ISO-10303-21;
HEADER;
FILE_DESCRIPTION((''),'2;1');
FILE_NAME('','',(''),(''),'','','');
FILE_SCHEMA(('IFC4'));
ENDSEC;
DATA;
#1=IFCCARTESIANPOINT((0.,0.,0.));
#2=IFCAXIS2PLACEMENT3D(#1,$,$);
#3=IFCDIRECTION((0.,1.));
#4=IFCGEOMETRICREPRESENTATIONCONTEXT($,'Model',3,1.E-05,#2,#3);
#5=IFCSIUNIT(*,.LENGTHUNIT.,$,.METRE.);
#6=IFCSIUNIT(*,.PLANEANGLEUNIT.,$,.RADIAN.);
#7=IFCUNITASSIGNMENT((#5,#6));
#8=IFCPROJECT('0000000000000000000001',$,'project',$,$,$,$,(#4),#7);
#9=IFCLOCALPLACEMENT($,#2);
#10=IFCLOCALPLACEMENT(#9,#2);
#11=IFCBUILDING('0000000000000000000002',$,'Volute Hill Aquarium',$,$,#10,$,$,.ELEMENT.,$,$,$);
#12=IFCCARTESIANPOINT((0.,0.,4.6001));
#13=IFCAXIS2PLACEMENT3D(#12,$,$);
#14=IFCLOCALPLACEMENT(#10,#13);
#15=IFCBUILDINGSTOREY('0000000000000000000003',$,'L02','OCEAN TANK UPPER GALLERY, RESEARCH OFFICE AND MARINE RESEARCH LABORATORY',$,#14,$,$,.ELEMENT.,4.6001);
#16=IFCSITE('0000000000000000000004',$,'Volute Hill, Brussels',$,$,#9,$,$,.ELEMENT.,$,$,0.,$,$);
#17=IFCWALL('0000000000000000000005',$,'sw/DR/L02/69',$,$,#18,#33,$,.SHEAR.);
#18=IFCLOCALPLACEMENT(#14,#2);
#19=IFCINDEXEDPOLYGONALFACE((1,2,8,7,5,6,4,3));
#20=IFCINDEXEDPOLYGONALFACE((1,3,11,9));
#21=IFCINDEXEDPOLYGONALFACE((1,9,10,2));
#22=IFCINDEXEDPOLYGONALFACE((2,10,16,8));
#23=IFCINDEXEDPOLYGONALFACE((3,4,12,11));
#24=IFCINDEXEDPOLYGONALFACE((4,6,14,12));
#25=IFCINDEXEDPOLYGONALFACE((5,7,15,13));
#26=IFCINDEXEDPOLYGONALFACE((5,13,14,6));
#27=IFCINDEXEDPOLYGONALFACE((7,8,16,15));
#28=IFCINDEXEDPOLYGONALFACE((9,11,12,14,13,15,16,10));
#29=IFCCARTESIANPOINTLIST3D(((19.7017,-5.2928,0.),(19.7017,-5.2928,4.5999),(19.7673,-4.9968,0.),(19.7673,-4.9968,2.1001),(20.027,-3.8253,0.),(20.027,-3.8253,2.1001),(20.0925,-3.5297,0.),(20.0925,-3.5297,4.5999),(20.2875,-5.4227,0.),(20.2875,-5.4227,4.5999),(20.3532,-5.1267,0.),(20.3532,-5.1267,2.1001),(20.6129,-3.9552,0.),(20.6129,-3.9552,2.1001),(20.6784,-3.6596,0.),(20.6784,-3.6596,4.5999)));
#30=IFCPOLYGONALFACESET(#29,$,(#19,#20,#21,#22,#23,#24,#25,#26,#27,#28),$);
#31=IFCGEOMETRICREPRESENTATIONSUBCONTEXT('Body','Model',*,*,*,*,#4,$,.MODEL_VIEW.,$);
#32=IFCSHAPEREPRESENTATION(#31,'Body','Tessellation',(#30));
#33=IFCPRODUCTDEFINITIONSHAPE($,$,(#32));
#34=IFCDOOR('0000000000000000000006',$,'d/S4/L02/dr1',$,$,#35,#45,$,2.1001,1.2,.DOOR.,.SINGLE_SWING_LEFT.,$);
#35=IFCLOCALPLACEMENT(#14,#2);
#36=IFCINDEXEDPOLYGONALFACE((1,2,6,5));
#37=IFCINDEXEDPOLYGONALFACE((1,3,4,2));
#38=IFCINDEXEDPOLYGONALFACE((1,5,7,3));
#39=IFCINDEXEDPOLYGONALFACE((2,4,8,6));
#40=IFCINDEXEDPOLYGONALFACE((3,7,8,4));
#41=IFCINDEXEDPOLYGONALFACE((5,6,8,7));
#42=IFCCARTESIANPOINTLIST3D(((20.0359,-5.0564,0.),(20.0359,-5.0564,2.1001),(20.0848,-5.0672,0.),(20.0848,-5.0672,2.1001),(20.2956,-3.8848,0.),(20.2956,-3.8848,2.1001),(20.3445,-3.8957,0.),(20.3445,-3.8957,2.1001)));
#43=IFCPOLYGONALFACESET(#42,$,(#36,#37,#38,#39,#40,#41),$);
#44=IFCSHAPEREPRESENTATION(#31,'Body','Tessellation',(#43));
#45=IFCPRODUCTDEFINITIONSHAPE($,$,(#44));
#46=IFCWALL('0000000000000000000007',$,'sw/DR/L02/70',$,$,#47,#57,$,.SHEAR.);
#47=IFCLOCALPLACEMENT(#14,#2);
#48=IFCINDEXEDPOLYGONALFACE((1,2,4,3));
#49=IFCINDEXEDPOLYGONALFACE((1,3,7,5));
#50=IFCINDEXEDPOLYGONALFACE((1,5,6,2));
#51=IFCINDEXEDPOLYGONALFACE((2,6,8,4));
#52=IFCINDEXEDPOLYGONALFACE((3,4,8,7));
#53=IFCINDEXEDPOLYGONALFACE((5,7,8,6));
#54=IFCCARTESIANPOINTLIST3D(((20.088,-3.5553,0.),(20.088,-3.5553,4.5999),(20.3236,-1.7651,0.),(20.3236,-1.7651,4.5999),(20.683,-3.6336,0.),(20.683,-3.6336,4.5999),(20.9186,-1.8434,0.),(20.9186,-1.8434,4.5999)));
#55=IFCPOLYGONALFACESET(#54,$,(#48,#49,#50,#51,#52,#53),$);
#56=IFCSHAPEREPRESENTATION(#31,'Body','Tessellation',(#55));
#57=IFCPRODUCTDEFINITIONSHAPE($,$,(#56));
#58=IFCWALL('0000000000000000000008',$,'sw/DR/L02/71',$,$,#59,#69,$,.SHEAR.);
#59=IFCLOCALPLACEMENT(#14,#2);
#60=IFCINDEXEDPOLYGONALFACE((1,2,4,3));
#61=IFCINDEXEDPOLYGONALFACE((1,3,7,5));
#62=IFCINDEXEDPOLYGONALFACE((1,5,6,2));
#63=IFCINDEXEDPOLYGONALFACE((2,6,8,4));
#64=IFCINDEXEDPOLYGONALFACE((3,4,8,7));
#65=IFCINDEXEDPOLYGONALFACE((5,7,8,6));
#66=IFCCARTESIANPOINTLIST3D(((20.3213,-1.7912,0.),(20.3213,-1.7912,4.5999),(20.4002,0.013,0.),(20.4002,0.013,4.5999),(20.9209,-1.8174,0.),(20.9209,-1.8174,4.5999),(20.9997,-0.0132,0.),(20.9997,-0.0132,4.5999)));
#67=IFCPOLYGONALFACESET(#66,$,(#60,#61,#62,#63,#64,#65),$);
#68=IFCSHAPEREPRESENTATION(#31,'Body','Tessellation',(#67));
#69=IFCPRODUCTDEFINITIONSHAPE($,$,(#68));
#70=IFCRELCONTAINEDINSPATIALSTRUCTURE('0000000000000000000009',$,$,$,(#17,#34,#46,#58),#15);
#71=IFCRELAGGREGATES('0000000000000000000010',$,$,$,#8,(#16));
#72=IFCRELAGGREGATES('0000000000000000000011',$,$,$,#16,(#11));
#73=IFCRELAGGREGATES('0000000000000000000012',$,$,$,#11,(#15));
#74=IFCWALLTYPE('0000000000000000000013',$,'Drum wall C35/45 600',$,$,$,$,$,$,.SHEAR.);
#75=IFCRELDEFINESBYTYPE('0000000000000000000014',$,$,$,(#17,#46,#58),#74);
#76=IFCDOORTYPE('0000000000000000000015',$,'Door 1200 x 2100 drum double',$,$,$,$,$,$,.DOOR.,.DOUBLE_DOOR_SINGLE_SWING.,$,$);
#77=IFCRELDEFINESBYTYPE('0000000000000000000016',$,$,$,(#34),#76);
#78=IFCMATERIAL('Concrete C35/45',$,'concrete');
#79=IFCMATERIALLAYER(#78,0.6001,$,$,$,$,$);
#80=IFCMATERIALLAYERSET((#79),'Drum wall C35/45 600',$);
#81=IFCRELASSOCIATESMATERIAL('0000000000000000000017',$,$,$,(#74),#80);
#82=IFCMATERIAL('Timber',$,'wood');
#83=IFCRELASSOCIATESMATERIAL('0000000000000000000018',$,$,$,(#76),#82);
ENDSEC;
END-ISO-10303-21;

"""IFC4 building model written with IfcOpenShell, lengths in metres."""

from ifc_helpers import new_model, si_unit, direction, frame, frame_2d, origin, place, context, subcontext, project, spatial, rectangle, extrude, material, layer, layer_set, type_object, element, fill, save


model = new_model("IFC4")

# Units and contexts
model_context = context("Model", 3, precision=1e-05, world=origin(), true_north=direction((0.0, 1.0)))
body_context = subcontext(model_context, "Body", "Model", "MODEL_VIEW")
ifc_project = project(units=[si_unit("LENGTHUNIT", "METRE"), si_unit("PLANEANGLEUNIT", "RADIAN")], contexts=[model_context])

# Site, building, storey
site_placement = place(None, origin())
site = spatial("IfcSite", under=ifc_project, at=site_placement, Name="Volute Hill, Brussels", CompositionType="ELEMENT", RefElevation=0.0)
building_placement = place(site_placement, origin())
building = spatial("IfcBuilding", under=site, at=building_placement, Name="Volute Hill Aquarium", CompositionType="ELEMENT")
storey_placement = place(building_placement, frame((0.0, 0.0, 4.6001)))
storey = spatial("IfcBuildingStorey", under=building, at=storey_placement, Name="L02", Description="OCEAN TANK UPPER GALLERY, RESEARCH OFFICE AND MARINE RESEARCH LABORATORY", CompositionType="ELEMENT", Elevation=4.6001)

# Shared definitions
ifc_material_1 = material(Name="Concrete C35/45", Category="concrete")
ifc_layer_1 = layer(ifc_material_1, 0.6001)
ifc_layer_set_1 = layer_set([ifc_layer_1], Name="Drum wall C35/45 600")
wall_type_1 = type_object("IfcWallType", Name="Drum wall C35/45 600", PredefinedType="SHEAR", material=ifc_layer_set_1)

# Wall, opening, door
wall_1_placement = place(storey_placement, frame((19.9946, -5.3577, 0.0), z_axis=(0.0, 0.0, 1.0), x_axis=(0.216429, 0.976298, 0.0)))
wall_1 = element("IfcWall", 1, at=wall_1_placement, inside=storey, type_object=wall_type_1, Name="sw/DR/L02/69", PredefinedType="SHEAR", context=body_context, shape_type="SweptSolid", body=[
    extrude(rectangle(XDim=1.8059, YDim=0.6001, at=frame_2d((0.9028, 0.0))), origin(), (0.0, 0.0, 1.0), 4.5999),
])
opening_1_placement = place(wall_1_placement, frame((0.303, 0.0, 0.0)))
opening_1 = element("IfcOpeningElement", 2, at=opening_1_placement, cuts=wall_1, PredefinedType="OPENING", context=body_context, shape_type="SweptSolid", body=[
    extrude(rectangle(XDim=1.2, YDim=2.1001, at=frame_2d((0.6001, 1.05))), frame((0.0, 0.3101, 0.0), z_axis=(0.0, -1.0, 0.0), x_axis=(1.0, 0.0, 0.0)), (0.0, 0.0, 1.0), 0.6201),
])
ifc_material_2 = material(Name="Timber", Category="wood")
door_type_1 = type_object("IfcDoorType", Name="Door 1200 x 2100 drum double", OperationType="DOUBLE_DOOR_SINGLE_SWING", PredefinedType="DOOR", material=ifc_material_2)
door_1_placement = place(opening_1_placement, origin())
door_1 = element("IfcDoor", 3, at=door_1_placement, inside=storey, type_object=door_type_1, Name="d/S4/L02/dr1", OperationType="SINGLE_SWING_LEFT", OverallHeight=2.1001, OverallWidth=1.2, PredefinedType="DOOR", context=body_context, shape_type="SweptSolid", body=[
    extrude(rectangle(XDim=1.2, YDim=2.1001, at=frame_2d((0.6001, 1.05))), frame((0.0, 0.0249, 0.0), z_axis=(0.0, -1.0, 0.0), x_axis=(1.0, 0.0, 0.0)), (0.0, 0.0, 1.0), 0.05),
])
fill(opening_1, door_1)

# Walls
wall_2_placement = place(storey_placement, frame((20.3855, -3.5945, 0.0), z_axis=(0.0, 0.0, 1.0), x_axis=(0.130472, 0.991452, 0.0)))
element("IfcWall", 4, at=wall_2_placement, inside=storey, type_object=wall_type_1, Name="sw/DR/L02/70", PredefinedType="SHEAR", context=body_context, shape_type="SweptSolid", body=[
    extrude(rectangle(XDim=1.8057, YDim=0.6001, at=frame_2d((0.9028, 0.0))), origin(), (0.0, 0.0, 1.0), 4.5999),
])
wall_3_placement = place(storey_placement, frame((20.6211, -1.8042, 0.0), z_axis=(0.0, 0.0, 1.0), x_axis=(0.043666, 0.999046, 0.0)))
element("IfcWall", 5, at=wall_3_placement, inside=storey, type_object=wall_type_1, Name="sw/DR/L02/71", PredefinedType="SHEAR", context=body_context, shape_type="SweptSolid", body=[
    extrude(rectangle(XDim=1.8059, YDim=0.6001, at=frame_2d((0.9028, 0.0))), origin(), (0.0, 0.0, 1.0), 4.5999),
])

save(model, "model.ifc")
